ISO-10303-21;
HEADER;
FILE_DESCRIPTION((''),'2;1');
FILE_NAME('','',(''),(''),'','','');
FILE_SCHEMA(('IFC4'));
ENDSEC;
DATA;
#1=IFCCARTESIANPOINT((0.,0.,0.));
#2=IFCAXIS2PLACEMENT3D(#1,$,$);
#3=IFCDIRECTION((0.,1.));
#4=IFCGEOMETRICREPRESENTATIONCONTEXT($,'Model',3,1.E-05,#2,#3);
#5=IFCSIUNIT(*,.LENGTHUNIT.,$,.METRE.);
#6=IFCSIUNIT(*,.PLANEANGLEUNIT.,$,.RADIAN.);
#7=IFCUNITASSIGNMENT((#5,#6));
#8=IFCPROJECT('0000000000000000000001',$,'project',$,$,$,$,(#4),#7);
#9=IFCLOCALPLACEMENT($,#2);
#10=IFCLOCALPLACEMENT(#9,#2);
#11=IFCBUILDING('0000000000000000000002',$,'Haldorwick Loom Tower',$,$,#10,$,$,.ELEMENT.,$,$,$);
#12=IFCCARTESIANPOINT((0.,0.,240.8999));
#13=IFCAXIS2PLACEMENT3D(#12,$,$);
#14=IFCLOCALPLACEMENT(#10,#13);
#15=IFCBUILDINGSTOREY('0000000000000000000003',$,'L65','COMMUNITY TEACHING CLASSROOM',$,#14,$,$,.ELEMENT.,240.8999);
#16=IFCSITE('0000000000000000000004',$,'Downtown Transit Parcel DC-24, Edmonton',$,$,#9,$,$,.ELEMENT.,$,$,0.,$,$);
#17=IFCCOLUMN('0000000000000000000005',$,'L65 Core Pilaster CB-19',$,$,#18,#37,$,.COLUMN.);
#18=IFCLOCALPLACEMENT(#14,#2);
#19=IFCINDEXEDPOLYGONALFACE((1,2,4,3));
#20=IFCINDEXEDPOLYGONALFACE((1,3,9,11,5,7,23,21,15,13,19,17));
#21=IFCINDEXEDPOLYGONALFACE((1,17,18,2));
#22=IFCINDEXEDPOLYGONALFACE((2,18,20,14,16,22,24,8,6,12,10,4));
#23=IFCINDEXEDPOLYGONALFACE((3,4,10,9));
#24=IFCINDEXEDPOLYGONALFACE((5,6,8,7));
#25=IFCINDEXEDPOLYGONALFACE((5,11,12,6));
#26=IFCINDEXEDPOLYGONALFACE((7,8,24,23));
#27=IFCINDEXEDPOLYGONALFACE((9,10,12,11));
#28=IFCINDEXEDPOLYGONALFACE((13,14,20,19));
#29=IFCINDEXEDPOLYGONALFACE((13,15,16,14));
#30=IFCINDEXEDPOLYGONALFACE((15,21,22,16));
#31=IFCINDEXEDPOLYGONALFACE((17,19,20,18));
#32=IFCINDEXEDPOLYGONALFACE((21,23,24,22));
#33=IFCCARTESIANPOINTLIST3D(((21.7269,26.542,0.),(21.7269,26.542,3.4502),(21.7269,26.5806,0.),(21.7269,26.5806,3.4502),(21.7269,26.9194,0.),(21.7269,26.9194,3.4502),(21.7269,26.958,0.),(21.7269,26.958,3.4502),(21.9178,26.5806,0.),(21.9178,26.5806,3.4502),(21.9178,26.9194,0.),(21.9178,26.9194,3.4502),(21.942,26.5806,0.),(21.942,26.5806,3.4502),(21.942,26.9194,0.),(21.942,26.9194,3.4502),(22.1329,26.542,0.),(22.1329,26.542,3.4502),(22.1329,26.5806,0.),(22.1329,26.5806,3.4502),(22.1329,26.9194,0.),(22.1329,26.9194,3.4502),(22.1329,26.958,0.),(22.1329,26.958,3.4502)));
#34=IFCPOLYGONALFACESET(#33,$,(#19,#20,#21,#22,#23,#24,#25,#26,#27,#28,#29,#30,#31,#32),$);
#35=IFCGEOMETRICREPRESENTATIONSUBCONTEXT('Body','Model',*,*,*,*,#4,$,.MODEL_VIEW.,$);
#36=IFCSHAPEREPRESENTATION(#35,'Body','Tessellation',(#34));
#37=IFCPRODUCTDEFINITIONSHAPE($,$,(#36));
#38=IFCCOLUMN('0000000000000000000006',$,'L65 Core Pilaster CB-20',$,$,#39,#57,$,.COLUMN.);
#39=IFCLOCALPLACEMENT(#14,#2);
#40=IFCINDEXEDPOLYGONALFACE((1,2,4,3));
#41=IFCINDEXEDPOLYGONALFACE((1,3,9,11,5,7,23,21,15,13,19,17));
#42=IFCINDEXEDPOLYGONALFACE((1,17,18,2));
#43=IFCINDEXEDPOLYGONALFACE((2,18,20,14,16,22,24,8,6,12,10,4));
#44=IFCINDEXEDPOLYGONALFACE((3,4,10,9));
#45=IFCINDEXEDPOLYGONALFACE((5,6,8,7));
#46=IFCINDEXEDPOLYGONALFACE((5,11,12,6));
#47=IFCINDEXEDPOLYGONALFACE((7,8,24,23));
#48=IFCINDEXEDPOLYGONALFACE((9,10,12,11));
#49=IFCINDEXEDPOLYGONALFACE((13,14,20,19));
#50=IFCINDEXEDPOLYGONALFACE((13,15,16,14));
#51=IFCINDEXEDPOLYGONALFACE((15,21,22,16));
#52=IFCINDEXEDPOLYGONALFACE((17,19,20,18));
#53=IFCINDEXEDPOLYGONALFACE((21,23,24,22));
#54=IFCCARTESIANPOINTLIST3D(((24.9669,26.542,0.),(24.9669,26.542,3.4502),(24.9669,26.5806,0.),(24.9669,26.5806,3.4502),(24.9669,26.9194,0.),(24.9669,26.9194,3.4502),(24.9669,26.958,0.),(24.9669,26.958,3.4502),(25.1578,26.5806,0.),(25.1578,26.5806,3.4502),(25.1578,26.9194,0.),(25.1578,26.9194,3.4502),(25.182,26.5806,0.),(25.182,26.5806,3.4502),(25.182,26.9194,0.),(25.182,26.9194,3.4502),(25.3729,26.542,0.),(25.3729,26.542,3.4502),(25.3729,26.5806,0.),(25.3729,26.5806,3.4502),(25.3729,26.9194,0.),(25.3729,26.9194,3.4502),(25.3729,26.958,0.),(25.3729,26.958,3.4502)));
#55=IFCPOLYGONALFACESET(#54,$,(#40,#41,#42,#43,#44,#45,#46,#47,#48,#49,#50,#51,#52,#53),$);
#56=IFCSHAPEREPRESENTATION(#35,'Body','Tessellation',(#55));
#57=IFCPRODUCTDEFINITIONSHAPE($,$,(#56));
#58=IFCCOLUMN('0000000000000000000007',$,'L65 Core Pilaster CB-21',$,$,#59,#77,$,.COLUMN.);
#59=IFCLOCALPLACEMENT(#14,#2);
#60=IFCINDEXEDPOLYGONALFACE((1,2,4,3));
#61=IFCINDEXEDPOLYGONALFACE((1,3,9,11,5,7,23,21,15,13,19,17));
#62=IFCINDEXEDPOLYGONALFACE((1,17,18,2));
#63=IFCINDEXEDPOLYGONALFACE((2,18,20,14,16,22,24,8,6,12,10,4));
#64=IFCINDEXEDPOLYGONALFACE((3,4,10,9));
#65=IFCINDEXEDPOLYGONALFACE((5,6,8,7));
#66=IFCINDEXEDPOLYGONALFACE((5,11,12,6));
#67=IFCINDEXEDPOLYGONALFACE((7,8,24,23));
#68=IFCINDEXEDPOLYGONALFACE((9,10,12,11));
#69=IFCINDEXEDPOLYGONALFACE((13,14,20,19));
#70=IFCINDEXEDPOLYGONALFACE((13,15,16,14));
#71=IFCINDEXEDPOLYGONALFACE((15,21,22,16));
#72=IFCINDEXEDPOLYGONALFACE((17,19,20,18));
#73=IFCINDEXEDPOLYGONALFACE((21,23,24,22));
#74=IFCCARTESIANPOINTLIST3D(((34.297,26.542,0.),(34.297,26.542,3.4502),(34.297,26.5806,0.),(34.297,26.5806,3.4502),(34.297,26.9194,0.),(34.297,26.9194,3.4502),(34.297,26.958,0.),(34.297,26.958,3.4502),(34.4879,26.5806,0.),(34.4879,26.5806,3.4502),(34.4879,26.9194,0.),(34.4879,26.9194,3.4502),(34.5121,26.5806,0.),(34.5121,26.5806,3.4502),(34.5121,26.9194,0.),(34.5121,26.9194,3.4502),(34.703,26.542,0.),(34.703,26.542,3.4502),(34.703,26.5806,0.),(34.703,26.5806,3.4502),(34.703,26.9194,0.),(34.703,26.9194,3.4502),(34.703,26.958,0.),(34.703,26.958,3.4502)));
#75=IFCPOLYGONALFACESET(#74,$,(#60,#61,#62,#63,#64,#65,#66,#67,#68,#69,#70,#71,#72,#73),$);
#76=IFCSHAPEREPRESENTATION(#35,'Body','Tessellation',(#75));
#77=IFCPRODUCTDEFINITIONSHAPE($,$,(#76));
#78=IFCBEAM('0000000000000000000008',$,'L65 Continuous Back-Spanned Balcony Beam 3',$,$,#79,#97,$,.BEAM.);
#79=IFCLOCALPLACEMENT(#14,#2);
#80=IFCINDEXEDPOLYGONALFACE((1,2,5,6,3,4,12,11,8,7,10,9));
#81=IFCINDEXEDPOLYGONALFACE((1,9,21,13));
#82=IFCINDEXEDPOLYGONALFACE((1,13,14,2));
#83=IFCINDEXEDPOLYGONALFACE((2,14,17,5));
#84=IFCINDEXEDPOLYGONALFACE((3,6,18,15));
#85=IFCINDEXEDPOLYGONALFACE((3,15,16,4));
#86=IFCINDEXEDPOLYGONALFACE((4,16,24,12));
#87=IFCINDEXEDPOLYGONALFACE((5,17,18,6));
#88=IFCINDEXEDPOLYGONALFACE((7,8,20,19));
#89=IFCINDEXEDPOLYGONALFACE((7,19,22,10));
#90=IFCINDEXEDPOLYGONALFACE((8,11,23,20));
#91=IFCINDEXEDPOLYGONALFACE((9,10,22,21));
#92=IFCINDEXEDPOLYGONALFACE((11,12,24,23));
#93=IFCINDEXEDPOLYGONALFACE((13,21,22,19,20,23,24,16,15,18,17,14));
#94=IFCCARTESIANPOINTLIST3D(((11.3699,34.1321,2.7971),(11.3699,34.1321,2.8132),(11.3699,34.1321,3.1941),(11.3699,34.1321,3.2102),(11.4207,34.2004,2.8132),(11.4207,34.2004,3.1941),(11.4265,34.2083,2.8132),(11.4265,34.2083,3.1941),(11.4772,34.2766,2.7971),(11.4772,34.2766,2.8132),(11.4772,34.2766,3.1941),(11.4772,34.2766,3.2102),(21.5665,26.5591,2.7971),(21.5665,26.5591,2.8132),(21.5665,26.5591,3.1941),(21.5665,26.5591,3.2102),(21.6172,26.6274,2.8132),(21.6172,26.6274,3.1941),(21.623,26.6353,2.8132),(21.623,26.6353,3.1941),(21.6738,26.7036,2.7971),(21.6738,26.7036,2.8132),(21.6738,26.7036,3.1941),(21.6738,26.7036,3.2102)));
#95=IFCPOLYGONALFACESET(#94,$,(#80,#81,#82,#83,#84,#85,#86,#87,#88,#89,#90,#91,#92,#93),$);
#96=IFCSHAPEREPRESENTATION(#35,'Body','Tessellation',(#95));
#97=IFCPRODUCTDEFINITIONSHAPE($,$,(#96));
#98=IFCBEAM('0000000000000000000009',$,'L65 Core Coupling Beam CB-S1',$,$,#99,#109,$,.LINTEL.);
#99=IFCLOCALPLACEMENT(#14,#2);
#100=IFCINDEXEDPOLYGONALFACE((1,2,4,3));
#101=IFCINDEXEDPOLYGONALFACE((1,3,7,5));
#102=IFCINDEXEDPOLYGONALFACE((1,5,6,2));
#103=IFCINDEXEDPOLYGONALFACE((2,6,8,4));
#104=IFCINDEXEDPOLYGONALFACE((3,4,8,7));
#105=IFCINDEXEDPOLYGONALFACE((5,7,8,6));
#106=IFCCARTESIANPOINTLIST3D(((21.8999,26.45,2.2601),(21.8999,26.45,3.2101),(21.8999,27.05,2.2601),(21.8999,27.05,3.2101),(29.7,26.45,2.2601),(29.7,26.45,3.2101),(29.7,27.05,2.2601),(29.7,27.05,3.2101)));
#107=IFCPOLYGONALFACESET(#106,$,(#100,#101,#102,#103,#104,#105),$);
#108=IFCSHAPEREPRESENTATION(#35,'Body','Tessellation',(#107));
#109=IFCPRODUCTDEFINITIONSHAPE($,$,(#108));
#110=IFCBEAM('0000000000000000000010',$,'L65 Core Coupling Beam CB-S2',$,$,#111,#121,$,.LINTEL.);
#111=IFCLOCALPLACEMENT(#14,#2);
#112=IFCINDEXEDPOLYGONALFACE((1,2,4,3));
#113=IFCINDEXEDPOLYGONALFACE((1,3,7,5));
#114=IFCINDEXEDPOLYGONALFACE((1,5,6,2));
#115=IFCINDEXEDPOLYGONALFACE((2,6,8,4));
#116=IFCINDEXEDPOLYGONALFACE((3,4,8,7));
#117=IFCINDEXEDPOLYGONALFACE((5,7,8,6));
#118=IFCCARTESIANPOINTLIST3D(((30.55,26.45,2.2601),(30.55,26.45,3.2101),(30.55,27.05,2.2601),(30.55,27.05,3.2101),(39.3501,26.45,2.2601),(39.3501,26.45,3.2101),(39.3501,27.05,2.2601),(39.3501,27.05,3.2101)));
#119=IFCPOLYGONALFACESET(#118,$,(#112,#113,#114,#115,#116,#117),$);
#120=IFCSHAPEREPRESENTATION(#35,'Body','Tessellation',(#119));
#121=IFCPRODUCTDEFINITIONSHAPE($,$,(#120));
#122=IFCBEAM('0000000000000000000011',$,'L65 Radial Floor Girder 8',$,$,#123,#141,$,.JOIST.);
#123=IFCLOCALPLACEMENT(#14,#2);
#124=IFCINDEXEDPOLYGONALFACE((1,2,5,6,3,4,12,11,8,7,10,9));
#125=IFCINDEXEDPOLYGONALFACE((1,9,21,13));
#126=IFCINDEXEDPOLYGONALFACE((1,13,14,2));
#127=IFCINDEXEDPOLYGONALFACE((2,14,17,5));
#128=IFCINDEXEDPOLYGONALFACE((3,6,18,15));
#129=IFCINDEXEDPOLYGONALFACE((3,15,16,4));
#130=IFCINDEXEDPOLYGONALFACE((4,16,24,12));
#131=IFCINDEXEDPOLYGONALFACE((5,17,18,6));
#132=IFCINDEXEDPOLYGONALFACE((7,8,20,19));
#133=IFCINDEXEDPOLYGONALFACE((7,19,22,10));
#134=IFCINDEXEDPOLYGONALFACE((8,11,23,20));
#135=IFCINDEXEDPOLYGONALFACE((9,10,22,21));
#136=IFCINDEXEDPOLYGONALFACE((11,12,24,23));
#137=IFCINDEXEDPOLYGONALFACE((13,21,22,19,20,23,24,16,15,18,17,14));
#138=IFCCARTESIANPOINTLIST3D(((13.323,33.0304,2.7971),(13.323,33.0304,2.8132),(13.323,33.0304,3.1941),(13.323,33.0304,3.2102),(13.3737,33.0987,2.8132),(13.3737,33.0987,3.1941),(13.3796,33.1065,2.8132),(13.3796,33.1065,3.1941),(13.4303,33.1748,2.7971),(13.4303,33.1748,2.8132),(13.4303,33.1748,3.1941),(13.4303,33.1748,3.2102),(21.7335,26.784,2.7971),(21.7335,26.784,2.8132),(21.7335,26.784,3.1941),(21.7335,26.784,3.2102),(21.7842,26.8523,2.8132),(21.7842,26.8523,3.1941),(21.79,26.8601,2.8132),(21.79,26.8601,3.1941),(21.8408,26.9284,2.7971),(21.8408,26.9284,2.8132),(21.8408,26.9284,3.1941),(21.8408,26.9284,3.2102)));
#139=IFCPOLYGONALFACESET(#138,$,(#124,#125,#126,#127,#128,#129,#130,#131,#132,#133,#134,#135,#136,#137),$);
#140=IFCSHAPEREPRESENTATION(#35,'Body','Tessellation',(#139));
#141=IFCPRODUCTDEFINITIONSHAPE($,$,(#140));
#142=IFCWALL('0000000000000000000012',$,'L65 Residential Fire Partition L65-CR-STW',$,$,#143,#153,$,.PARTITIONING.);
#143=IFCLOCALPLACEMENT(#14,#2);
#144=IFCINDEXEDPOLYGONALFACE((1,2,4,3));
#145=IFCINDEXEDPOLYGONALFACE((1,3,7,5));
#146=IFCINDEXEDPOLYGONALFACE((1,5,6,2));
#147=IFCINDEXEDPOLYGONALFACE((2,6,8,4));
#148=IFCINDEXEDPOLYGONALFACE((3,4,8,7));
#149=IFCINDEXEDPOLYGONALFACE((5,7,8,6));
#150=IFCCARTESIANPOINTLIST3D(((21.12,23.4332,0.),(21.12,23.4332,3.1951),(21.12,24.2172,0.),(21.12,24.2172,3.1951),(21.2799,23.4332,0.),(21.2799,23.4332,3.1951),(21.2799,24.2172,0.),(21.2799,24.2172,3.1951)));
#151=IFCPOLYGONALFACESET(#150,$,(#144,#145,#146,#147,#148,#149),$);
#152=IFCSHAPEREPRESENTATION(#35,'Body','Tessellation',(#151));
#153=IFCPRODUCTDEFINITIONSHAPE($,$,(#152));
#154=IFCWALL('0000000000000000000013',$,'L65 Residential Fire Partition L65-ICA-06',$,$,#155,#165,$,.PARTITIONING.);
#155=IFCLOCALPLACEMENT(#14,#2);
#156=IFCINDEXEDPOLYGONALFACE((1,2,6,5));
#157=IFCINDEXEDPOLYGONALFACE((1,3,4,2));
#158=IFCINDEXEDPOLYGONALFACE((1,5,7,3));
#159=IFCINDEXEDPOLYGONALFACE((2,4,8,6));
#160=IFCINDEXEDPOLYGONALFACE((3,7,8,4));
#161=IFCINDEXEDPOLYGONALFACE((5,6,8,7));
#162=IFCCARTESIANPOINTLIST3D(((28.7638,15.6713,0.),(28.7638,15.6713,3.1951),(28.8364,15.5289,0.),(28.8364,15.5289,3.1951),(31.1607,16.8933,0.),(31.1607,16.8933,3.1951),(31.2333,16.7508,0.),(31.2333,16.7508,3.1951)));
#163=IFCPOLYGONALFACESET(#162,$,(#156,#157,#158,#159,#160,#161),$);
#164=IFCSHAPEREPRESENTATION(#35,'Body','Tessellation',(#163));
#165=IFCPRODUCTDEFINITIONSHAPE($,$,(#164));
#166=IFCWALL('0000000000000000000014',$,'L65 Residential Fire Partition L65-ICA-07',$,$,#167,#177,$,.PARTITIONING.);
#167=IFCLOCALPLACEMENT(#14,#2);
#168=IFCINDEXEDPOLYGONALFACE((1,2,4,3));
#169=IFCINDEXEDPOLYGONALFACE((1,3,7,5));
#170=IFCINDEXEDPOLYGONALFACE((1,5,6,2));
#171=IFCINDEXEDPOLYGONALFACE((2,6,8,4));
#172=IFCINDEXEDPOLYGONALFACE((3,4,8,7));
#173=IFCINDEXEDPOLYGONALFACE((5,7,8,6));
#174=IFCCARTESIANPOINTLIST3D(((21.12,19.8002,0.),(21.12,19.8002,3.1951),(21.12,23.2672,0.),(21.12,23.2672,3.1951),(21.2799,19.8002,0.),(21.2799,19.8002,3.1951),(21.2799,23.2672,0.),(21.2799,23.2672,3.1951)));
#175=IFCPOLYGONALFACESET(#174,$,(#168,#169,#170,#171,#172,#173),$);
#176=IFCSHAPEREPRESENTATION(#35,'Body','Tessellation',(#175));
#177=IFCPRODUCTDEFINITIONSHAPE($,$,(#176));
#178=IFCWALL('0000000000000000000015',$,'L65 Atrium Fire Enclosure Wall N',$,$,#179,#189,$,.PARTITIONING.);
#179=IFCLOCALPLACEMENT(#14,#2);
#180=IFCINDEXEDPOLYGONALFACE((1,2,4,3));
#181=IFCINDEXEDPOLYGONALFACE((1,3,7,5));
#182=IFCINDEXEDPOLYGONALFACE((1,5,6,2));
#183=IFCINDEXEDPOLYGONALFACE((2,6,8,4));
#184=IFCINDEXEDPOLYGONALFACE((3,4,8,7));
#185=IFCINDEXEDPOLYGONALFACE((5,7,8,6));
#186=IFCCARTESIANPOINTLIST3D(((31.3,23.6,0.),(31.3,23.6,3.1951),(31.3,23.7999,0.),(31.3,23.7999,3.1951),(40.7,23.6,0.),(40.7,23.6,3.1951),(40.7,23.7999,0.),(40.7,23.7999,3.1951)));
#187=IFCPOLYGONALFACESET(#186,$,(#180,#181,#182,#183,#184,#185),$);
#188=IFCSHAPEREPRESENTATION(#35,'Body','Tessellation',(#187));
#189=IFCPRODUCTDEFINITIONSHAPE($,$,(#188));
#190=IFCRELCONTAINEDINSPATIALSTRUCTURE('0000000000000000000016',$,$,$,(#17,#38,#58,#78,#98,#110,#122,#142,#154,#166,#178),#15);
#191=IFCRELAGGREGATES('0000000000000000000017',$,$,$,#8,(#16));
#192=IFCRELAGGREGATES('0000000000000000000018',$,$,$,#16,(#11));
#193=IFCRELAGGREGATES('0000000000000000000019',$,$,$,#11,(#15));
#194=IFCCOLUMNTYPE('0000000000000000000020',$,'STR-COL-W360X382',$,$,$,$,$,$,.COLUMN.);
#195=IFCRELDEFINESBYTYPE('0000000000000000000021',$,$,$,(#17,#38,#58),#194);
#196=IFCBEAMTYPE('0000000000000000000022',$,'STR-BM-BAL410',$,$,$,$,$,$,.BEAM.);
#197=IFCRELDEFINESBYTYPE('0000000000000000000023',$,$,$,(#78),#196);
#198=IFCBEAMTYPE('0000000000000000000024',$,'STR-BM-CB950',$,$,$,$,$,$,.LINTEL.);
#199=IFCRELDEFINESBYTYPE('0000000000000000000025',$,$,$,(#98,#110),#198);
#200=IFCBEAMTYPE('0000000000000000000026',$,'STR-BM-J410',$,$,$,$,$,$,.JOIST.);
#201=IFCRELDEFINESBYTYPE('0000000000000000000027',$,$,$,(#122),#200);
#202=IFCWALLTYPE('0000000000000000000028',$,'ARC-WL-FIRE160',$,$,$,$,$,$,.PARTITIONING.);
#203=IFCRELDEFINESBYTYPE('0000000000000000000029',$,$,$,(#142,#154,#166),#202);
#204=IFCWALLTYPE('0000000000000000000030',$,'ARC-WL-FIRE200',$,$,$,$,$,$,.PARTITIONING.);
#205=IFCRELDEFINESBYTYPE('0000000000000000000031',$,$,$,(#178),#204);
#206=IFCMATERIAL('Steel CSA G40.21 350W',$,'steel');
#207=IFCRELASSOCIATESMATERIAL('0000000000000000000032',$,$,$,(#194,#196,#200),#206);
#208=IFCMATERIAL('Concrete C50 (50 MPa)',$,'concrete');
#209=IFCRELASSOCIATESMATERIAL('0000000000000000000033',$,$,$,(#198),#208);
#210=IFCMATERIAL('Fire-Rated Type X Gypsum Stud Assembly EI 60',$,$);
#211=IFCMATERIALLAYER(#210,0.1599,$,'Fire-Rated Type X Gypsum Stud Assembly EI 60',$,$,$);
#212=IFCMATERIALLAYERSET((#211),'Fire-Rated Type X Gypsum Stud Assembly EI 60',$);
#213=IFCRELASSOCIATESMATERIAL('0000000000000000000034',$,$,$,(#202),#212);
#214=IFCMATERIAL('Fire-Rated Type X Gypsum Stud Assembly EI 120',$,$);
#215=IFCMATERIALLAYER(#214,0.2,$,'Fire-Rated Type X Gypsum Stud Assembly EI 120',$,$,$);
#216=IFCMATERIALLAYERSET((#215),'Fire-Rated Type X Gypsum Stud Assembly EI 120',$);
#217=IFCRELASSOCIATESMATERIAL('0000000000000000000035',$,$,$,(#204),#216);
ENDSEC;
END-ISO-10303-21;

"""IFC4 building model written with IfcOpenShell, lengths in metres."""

from ifc_helpers import new_model, si_unit, direction, frame, frame_2d, origin, origin_2d, place, context, subcontext, project, spatial, rectangle, i_section, extrude, material, layer, layer_set, material_profile, profile_set, type_object, element, save


model = new_model("IFC4")

# Units and contexts
model_context = context("Model", 3, precision=1e-05, world=origin(), true_north=direction((0.0, 1.0)))
body_context = subcontext(model_context, "Body", "Model", "MODEL_VIEW")
ifc_project = project(units=[si_unit("LENGTHUNIT", "METRE"), si_unit("PLANEANGLEUNIT", "RADIAN")], contexts=[model_context])

# Site, building, storey
site_placement = place(None, origin())
site = spatial("IfcSite", under=ifc_project, at=site_placement, Name="Downtown Transit Parcel DC-24, Edmonton", CompositionType="ELEMENT", RefElevation=0.0)
building_placement = place(site_placement, origin())
building = spatial("IfcBuilding", under=site, at=building_placement, Name="Haldorwick Loom Tower", CompositionType="ELEMENT")
storey_placement = place(building_placement, frame((0.0, 0.0, 240.8999)))
storey = spatial("IfcBuildingStorey", under=building, at=storey_placement, Name="L65", Description="COMMUNITY TEACHING CLASSROOM", CompositionType="ELEMENT", Elevation=240.8999)

# Columns
ifc_material_1 = material(Name="Steel CSA G40.21 350W", Category="steel")
ifc_material_profile_1 = material_profile(ifc_material_1, i_section(OverallWidth=0.406, OverallDepth=0.416, WebThickness=0.0242, FlangeThickness=0.0386, at=origin_2d()), Name="W360X382", Category="steel")
ifc_profile_set_1 = profile_set([ifc_material_profile_1], Name="Steel CSA G40.21 350W")
column_type = type_object("IfcColumnType", Name="STR-COL-W360X382", PredefinedType="COLUMN", material=ifc_profile_set_1)
for number, where, z_axis, x_axis, name in (
    (1, (21.9299, 26.75, 0.0), (0.0, 0.0, 1.0), (1.0, 0.0, 0.0), "L65 Core Pilaster CB-19"),
    (2, (25.1699, 26.75, 0.0), (0.0, 0.0, 1.0), (1.0, 0.0, 0.0), "L65 Core Pilaster CB-20"),
    (3, (34.5, 26.75, 0.0), (0.0, 0.0, 1.0), (1.0, 0.0, 0.0), "L65 Core Pilaster CB-21"),
):
    element("IfcColumn", number, at=place(storey_placement, frame(where, z_axis=z_axis, x_axis=x_axis)), inside=storey, type_object=column_type, Name=name, PredefinedType="COLUMN", context=body_context, shape_type="SweptSolid", body=[
        extrude(i_section(OverallWidth=0.406, OverallDepth=0.416, WebThickness=0.0242, FlangeThickness=0.0386, at=origin_2d()), origin(), (0.0, 0.0, 1.0), 3.4502),
    ])

# Beams
ifc_material_profile_2 = material_profile(ifc_material_1, i_section(OverallWidth=0.1799, OverallDepth=0.4131, WebThickness=0.0098, FlangeThickness=0.0161, at=origin_2d()), Name="W410X74", Category="steel")
ifc_profile_set_2 = profile_set([ifc_material_profile_2], Name="Steel CSA G40.21 350W")
beam_type_1 = type_object("IfcBeamType", Name="STR-BM-BAL410", PredefinedType="BEAM", material=ifc_profile_set_2)
beam_1_placement = place(storey_placement, frame((21.6201, 26.6313, 3.0037), z_axis=(-0.802803, 0.596244, 0.0), x_axis=(-0.596244, -0.802803, 0.0)))
element("IfcBeam", 4, at=beam_1_placement, inside=storey, type_object=beam_type_1, Name="L65 Continuous Back-Spanned Balcony Beam 3", PredefinedType="BEAM", context=body_context, shape_type="SweptSolid", body=[
    extrude(i_section(OverallWidth=0.1799, OverallDepth=0.4131, WebThickness=0.0098, FlangeThickness=0.0161, at=origin_2d()), origin(), (0.0, 0.0, 1.0), 12.7012),
])
ifc_material_2 = material(Name="Concrete C50 (50 MPa)", Category="concrete")
ifc_material_profile_3 = material_profile(ifc_material_2, rectangle(XDim=0.6001, YDim=0.95, at=origin_2d()), Name="RC600X950", Category="concrete")
ifc_profile_set_3 = profile_set([ifc_material_profile_3], Name="Concrete C50 (50 MPa)")
beam_type_2 = type_object("IfcBeamType", Name="STR-BM-CB950", PredefinedType="LINTEL", material=ifc_profile_set_3)
beam_2_placement = place(storey_placement, frame((21.8999, 26.75, 2.7351), z_axis=(1.0, 0.0, 0.0), x_axis=(0.0, 1.0, 0.0)))
element("IfcBeam", 5, at=beam_2_placement, inside=storey, type_object=beam_type_2, Name="L65 Core Coupling Beam CB-S1", PredefinedType="LINTEL", context=body_context, shape_type="SweptSolid", body=[
    extrude(rectangle(XDim=0.6001, YDim=0.95, at=origin_2d()), origin(), (0.0, 0.0, 1.0), 7.8),
])
beam_3_placement = place(storey_placement, frame((30.55, 26.75, 2.7351), z_axis=(1.0, 0.0, 0.0), x_axis=(0.0, 1.0, 0.0)))
element("IfcBeam", 6, at=beam_3_placement, inside=storey, type_object=beam_type_2, Name="L65 Core Coupling Beam CB-S2", PredefinedType="LINTEL", context=body_context, shape_type="SweptSolid", body=[
    extrude(rectangle(XDim=0.6001, YDim=0.95, at=origin_2d()), origin(), (0.0, 0.0, 1.0), 8.8),
])
ifc_material_profile_4 = material_profile(ifc_material_1, i_section(OverallWidth=0.1799, OverallDepth=0.4131, WebThickness=0.0098, FlangeThickness=0.0161, at=origin_2d()), Name="W410X74", Category="steel")
ifc_profile_set_4 = profile_set([ifc_material_profile_4], Name="Steel CSA G40.21 350W")
beam_type_3 = type_object("IfcBeamType", Name="STR-BM-J410", PredefinedType="JOIST", material=ifc_profile_set_4)
beam_4_placement = place(storey_placement, frame((21.7871, 26.8562, 3.0037), z_axis=(-0.802807, 0.596239, 0.0), x_axis=(-0.596239, -0.802807, 0.0)))
element("IfcBeam", 7, at=beam_4_placement, inside=storey, type_object=beam_type_3, Name="L65 Radial Floor Girder 8", PredefinedType="JOIST", context=body_context, shape_type="SweptSolid", body=[
    extrude(i_section(OverallWidth=0.1799, OverallDepth=0.4131, WebThickness=0.0098, FlangeThickness=0.0161, at=origin_2d()), origin(), (0.0, 0.0, 1.0), 10.4763),
])

# Walls
ifc_material_3 = material(Name="Fire-Rated Type X Gypsum Stud Assembly EI 60")
ifc_layer_1 = layer(ifc_material_3, 0.1599, Name="Fire-Rated Type X Gypsum Stud Assembly EI 60")
ifc_layer_set_1 = layer_set([ifc_layer_1], Name="Fire-Rated Type X Gypsum Stud Assembly EI 60")
wall_type_1 = type_object("IfcWallType", Name="ARC-WL-FIRE160", PredefinedType="PARTITIONING", material=ifc_layer_set_1)
wall_1_placement = place(storey_placement, frame((21.2, 23.4331, 0.0), z_axis=(0.0, 0.0, 1.0), x_axis=(0.0, 1.0, 0.0)))
element("IfcWall", 8, at=wall_1_placement, inside=storey, type_object=wall_type_1, Name="L65 Residential Fire Partition L65-CR-STW", PredefinedType="PARTITIONING", context=body_context, shape_type="SweptSolid", body=[
    extrude(rectangle(XDim=0.7839, YDim=0.1599, at=frame_2d((0.3921, 0.0))), origin(), (0.0, 0.0, 1.0), 3.1951),
])
wall_2_placement = place(storey_placement, frame((31.197, 16.822, 0.0), z_axis=(0.0, 0.0, 1.0), x_axis=(-0.890916, -0.454169, 0.0)))
element("IfcWall", 9, at=wall_2_placement, inside=storey, type_object=wall_type_1, Name="L65 Residential Fire Partition L65-ICA-06", PredefinedType="PARTITIONING", context=body_context, shape_type="SweptSolid", body=[
    extrude(rectangle(XDim=2.6904, YDim=0.1599, at=frame_2d((1.3452, 0.0))), origin(), (0.0, 0.0, 1.0), 3.1951),
])
wall_3_placement = place(storey_placement, frame((21.2, 23.2671, 0.0), z_axis=(0.0, 0.0, 1.0), x_axis=(0.0, -1.0, 0.0)))
element("IfcWall", 10, at=wall_3_placement, inside=storey, type_object=wall_type_1, Name="L65 Residential Fire Partition L65-ICA-07", PredefinedType="PARTITIONING", context=body_context, shape_type="SweptSolid", body=[
    extrude(rectangle(XDim=3.467, YDim=0.1599, at=frame_2d((1.7334, 0.0))), origin(), (0.0, 0.0, 1.0), 3.1951),
])
ifc_material_4 = material(Name="Fire-Rated Type X Gypsum Stud Assembly EI 120")
ifc_layer_2 = layer(ifc_material_4, 0.2, Name="Fire-Rated Type X Gypsum Stud Assembly EI 120")
ifc_layer_set_2 = layer_set([ifc_layer_2], Name="Fire-Rated Type X Gypsum Stud Assembly EI 120")
wall_type_2 = type_object("IfcWallType", Name="ARC-WL-FIRE200", PredefinedType="PARTITIONING", material=ifc_layer_set_2)
wall_4_placement = place(storey_placement, frame((31.3, 23.7, 0.0), z_axis=(0.0, 0.0, 1.0), x_axis=(1.0, 0.0, 0.0)))
element("IfcWall", 11, at=wall_4_placement, inside=storey, type_object=wall_type_2, Name="L65 Atrium Fire Enclosure Wall N", PredefinedType="PARTITIONING", context=body_context, shape_type="SweptSolid", body=[
    extrude(rectangle(XDim=9.3999, YDim=0.2, at=frame_2d((4.7, 0.0))), origin(), (0.0, 0.0, 1.0), 3.1951),
])

save(model, "model.ifc")
